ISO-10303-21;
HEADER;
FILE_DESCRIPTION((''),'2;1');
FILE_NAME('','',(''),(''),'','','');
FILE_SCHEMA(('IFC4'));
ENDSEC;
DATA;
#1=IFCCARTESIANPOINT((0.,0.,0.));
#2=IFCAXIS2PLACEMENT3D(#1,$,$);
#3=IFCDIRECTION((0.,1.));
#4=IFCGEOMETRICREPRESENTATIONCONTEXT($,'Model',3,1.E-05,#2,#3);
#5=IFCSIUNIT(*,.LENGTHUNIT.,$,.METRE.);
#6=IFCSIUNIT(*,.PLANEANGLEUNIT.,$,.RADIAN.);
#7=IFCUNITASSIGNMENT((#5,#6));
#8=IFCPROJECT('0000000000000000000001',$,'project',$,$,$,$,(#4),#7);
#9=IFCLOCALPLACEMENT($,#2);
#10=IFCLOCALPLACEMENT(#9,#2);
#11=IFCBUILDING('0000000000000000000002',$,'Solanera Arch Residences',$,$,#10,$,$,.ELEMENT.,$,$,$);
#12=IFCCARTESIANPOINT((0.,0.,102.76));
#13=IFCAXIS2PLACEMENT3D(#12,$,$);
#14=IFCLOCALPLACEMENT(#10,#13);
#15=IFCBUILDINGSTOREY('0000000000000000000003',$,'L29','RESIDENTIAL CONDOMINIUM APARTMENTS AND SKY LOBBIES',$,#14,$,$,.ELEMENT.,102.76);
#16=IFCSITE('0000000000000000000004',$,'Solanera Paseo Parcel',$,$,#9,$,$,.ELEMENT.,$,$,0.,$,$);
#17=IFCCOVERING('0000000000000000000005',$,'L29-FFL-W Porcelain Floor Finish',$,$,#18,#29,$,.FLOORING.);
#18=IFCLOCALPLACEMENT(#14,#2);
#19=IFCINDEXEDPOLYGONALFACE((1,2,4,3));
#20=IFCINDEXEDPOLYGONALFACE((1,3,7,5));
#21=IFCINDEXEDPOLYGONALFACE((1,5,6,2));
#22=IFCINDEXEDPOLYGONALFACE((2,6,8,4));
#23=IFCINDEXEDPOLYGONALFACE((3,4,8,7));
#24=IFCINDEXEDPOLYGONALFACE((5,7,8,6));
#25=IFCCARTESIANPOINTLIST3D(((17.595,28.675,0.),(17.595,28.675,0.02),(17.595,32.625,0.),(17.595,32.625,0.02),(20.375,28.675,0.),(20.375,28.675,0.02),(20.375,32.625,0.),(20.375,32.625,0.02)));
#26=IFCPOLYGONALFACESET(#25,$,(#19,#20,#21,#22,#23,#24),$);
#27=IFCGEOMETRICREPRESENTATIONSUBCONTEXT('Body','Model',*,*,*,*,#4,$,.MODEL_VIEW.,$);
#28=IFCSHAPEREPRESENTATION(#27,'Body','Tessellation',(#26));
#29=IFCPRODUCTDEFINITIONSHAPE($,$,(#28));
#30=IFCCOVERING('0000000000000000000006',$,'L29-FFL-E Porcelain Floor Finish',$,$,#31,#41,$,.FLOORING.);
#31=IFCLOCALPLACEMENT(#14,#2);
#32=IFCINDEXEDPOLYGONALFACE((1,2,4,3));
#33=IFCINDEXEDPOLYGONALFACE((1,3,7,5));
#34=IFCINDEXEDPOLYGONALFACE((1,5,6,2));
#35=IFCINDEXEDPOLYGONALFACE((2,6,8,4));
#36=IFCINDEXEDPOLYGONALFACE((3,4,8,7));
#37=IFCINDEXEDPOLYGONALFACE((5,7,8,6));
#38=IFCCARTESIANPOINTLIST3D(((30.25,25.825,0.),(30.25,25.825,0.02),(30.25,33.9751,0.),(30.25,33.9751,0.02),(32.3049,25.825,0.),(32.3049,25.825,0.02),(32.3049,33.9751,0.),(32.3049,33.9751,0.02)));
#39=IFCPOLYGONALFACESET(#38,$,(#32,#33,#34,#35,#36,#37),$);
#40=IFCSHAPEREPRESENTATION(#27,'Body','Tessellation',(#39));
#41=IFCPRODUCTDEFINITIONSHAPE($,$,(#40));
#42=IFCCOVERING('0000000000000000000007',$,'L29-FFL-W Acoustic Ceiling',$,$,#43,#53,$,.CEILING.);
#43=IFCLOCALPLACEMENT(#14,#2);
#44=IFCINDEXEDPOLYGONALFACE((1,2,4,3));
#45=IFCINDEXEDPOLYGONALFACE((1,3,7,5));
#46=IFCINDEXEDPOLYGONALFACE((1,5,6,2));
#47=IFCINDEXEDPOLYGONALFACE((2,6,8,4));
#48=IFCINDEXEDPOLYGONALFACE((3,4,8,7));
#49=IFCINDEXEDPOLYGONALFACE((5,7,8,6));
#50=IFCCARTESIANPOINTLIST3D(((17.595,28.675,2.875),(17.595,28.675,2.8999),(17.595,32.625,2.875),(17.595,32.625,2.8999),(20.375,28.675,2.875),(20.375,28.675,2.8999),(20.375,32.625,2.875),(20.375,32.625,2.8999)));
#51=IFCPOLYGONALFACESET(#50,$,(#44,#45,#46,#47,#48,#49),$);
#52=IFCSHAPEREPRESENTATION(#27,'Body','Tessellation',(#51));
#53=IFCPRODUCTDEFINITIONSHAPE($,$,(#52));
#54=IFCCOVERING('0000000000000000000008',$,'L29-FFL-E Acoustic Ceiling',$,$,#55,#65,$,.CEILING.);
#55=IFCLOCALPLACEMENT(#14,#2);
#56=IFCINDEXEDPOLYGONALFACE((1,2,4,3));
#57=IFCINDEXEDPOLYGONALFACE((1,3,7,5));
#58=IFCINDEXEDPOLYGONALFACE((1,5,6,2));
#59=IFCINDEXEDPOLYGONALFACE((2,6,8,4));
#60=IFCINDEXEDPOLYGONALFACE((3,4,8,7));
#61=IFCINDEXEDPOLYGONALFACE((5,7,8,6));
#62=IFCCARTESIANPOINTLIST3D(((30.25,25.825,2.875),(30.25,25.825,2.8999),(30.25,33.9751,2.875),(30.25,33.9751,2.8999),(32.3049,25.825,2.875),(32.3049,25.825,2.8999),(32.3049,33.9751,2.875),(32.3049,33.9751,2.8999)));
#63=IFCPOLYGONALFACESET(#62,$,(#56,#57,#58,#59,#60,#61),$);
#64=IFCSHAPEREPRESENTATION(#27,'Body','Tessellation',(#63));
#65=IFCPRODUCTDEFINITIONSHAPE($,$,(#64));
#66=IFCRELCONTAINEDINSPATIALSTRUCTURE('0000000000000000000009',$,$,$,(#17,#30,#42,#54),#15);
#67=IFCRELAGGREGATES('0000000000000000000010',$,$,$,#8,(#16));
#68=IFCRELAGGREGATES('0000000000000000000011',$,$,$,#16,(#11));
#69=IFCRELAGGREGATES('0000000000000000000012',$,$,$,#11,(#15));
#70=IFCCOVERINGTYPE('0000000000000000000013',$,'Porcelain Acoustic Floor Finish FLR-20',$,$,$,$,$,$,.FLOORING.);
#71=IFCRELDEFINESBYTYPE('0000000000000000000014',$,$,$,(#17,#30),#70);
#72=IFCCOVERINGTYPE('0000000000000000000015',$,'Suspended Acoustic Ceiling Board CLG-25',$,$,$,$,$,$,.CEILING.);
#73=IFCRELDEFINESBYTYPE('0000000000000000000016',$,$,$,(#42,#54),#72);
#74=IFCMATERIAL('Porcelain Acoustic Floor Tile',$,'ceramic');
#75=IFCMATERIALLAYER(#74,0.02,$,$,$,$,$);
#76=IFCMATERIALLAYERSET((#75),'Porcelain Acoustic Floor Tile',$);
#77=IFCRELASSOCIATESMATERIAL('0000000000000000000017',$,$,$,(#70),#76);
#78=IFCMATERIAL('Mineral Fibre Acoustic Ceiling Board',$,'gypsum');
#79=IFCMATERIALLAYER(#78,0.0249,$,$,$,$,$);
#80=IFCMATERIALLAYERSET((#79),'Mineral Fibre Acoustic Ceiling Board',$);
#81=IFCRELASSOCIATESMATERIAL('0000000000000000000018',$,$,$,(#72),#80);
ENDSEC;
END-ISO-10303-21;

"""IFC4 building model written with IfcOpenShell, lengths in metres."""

from ifc_helpers import new_model, si_unit, direction, frame, origin, place, context, subcontext, project, spatial, polyline, outline, extrude, material, layer, layer_set, type_object, element, save


model = new_model("IFC4")

# Units and contexts
model_context = context("Model", 3, precision=1e-05, world=origin(), true_north=direction((0.0, 1.0)))
body_context = subcontext(model_context, "Body", "Model", "MODEL_VIEW")
ifc_project = project(units=[si_unit("LENGTHUNIT", "METRE"), si_unit("PLANEANGLEUNIT", "RADIAN")], contexts=[model_context])

# Site, building, storey
site_placement = place(None, origin())
site = spatial("IfcSite", under=ifc_project, at=site_placement, Name="Solanera Paseo Parcel", CompositionType="ELEMENT", RefElevation=0.0)
building_placement = place(site_placement, origin())
building = spatial("IfcBuilding", under=site, at=building_placement, Name="Solanera Arch Residences", CompositionType="ELEMENT")
storey_placement = place(building_placement, frame((0.0, 0.0, 102.76)))
storey = spatial("IfcBuildingStorey", under=building, at=storey_placement, Name="L29", Description="RESIDENTIAL CONDOMINIUM APARTMENTS AND SKY LOBBIES", CompositionType="ELEMENT", Elevation=102.76)

# Coverings
ifc_material_1 = material(Name="Porcelain Acoustic Floor Tile", Category="ceramic")
ifc_layer_1 = layer(ifc_material_1, 0.02)
ifc_layer_set_1 = layer_set([ifc_layer_1], Name="Porcelain Acoustic Floor Tile")
covering_type_1 = type_object("IfcCoveringType", Name="Porcelain Acoustic Floor Finish FLR-20", PredefinedType="FLOORING", material=ifc_layer_set_1)
covering_1_placement = place(storey_placement, origin())
element("IfcCovering", 1, at=covering_1_placement, inside=storey, type_object=covering_type_1, Name="L29-FFL-W Porcelain Floor Finish", PredefinedType="FLOORING", context=body_context, shape_type="SweptSolid", body=[
    extrude(outline(polyline([(20.375, 28.675), (17.595, 28.675), (17.595, 32.625), (20.375, 32.625), (20.375, 28.675)])), origin(), (0.0, 0.0, 1.0), 0.02),
])
covering_2_placement = place(storey_placement, origin())
element("IfcCovering", 2, at=covering_2_placement, inside=storey, type_object=covering_type_1, Name="L29-FFL-E Porcelain Floor Finish", PredefinedType="FLOORING", context=body_context, shape_type="SweptSolid", body=[
    extrude(outline(polyline([(32.3049, 25.825), (30.25, 25.825), (30.25, 33.9751), (32.3049, 33.9751), (32.3049, 25.825)])), origin(), (0.0, 0.0, 1.0), 0.02),
])
ifc_material_2 = material(Name="Mineral Fibre Acoustic Ceiling Board", Category="gypsum")
ifc_layer_2 = layer(ifc_material_2, 0.0249)
ifc_layer_set_2 = layer_set([ifc_layer_2], Name="Mineral Fibre Acoustic Ceiling Board")
covering_type_2 = type_object("IfcCoveringType", Name="Suspended Acoustic Ceiling Board CLG-25", PredefinedType="CEILING", material=ifc_layer_set_2)
covering_3_placement = place(storey_placement, frame((0.0, 0.0, 2.875)))
element("IfcCovering", 3, at=covering_3_placement, inside=storey, type_object=covering_type_2, Name="L29-FFL-W Acoustic Ceiling", PredefinedType="CEILING", context=body_context, shape_type="SweptSolid", body=[
    extrude(outline(polyline([(20.375, 28.675), (17.595, 28.675), (17.595, 32.625), (20.375, 32.625), (20.375, 28.675)])), origin(), (0.0, 0.0, 1.0), 0.0249),
])
covering_4_placement = place(storey_placement, frame((0.0, 0.0, 2.875)))
element("IfcCovering", 4, at=covering_4_placement, inside=storey, type_object=covering_type_2, Name="L29-FFL-E Acoustic Ceiling", PredefinedType="CEILING", context=body_context, shape_type="SweptSolid", body=[
    extrude(outline(polyline([(32.3049, 25.825), (30.25, 25.825), (30.25, 33.9751), (32.3049, 33.9751), (32.3049, 25.825)])), origin(), (0.0, 0.0, 1.0), 0.0249),
])

save(model, "model.ifc")
